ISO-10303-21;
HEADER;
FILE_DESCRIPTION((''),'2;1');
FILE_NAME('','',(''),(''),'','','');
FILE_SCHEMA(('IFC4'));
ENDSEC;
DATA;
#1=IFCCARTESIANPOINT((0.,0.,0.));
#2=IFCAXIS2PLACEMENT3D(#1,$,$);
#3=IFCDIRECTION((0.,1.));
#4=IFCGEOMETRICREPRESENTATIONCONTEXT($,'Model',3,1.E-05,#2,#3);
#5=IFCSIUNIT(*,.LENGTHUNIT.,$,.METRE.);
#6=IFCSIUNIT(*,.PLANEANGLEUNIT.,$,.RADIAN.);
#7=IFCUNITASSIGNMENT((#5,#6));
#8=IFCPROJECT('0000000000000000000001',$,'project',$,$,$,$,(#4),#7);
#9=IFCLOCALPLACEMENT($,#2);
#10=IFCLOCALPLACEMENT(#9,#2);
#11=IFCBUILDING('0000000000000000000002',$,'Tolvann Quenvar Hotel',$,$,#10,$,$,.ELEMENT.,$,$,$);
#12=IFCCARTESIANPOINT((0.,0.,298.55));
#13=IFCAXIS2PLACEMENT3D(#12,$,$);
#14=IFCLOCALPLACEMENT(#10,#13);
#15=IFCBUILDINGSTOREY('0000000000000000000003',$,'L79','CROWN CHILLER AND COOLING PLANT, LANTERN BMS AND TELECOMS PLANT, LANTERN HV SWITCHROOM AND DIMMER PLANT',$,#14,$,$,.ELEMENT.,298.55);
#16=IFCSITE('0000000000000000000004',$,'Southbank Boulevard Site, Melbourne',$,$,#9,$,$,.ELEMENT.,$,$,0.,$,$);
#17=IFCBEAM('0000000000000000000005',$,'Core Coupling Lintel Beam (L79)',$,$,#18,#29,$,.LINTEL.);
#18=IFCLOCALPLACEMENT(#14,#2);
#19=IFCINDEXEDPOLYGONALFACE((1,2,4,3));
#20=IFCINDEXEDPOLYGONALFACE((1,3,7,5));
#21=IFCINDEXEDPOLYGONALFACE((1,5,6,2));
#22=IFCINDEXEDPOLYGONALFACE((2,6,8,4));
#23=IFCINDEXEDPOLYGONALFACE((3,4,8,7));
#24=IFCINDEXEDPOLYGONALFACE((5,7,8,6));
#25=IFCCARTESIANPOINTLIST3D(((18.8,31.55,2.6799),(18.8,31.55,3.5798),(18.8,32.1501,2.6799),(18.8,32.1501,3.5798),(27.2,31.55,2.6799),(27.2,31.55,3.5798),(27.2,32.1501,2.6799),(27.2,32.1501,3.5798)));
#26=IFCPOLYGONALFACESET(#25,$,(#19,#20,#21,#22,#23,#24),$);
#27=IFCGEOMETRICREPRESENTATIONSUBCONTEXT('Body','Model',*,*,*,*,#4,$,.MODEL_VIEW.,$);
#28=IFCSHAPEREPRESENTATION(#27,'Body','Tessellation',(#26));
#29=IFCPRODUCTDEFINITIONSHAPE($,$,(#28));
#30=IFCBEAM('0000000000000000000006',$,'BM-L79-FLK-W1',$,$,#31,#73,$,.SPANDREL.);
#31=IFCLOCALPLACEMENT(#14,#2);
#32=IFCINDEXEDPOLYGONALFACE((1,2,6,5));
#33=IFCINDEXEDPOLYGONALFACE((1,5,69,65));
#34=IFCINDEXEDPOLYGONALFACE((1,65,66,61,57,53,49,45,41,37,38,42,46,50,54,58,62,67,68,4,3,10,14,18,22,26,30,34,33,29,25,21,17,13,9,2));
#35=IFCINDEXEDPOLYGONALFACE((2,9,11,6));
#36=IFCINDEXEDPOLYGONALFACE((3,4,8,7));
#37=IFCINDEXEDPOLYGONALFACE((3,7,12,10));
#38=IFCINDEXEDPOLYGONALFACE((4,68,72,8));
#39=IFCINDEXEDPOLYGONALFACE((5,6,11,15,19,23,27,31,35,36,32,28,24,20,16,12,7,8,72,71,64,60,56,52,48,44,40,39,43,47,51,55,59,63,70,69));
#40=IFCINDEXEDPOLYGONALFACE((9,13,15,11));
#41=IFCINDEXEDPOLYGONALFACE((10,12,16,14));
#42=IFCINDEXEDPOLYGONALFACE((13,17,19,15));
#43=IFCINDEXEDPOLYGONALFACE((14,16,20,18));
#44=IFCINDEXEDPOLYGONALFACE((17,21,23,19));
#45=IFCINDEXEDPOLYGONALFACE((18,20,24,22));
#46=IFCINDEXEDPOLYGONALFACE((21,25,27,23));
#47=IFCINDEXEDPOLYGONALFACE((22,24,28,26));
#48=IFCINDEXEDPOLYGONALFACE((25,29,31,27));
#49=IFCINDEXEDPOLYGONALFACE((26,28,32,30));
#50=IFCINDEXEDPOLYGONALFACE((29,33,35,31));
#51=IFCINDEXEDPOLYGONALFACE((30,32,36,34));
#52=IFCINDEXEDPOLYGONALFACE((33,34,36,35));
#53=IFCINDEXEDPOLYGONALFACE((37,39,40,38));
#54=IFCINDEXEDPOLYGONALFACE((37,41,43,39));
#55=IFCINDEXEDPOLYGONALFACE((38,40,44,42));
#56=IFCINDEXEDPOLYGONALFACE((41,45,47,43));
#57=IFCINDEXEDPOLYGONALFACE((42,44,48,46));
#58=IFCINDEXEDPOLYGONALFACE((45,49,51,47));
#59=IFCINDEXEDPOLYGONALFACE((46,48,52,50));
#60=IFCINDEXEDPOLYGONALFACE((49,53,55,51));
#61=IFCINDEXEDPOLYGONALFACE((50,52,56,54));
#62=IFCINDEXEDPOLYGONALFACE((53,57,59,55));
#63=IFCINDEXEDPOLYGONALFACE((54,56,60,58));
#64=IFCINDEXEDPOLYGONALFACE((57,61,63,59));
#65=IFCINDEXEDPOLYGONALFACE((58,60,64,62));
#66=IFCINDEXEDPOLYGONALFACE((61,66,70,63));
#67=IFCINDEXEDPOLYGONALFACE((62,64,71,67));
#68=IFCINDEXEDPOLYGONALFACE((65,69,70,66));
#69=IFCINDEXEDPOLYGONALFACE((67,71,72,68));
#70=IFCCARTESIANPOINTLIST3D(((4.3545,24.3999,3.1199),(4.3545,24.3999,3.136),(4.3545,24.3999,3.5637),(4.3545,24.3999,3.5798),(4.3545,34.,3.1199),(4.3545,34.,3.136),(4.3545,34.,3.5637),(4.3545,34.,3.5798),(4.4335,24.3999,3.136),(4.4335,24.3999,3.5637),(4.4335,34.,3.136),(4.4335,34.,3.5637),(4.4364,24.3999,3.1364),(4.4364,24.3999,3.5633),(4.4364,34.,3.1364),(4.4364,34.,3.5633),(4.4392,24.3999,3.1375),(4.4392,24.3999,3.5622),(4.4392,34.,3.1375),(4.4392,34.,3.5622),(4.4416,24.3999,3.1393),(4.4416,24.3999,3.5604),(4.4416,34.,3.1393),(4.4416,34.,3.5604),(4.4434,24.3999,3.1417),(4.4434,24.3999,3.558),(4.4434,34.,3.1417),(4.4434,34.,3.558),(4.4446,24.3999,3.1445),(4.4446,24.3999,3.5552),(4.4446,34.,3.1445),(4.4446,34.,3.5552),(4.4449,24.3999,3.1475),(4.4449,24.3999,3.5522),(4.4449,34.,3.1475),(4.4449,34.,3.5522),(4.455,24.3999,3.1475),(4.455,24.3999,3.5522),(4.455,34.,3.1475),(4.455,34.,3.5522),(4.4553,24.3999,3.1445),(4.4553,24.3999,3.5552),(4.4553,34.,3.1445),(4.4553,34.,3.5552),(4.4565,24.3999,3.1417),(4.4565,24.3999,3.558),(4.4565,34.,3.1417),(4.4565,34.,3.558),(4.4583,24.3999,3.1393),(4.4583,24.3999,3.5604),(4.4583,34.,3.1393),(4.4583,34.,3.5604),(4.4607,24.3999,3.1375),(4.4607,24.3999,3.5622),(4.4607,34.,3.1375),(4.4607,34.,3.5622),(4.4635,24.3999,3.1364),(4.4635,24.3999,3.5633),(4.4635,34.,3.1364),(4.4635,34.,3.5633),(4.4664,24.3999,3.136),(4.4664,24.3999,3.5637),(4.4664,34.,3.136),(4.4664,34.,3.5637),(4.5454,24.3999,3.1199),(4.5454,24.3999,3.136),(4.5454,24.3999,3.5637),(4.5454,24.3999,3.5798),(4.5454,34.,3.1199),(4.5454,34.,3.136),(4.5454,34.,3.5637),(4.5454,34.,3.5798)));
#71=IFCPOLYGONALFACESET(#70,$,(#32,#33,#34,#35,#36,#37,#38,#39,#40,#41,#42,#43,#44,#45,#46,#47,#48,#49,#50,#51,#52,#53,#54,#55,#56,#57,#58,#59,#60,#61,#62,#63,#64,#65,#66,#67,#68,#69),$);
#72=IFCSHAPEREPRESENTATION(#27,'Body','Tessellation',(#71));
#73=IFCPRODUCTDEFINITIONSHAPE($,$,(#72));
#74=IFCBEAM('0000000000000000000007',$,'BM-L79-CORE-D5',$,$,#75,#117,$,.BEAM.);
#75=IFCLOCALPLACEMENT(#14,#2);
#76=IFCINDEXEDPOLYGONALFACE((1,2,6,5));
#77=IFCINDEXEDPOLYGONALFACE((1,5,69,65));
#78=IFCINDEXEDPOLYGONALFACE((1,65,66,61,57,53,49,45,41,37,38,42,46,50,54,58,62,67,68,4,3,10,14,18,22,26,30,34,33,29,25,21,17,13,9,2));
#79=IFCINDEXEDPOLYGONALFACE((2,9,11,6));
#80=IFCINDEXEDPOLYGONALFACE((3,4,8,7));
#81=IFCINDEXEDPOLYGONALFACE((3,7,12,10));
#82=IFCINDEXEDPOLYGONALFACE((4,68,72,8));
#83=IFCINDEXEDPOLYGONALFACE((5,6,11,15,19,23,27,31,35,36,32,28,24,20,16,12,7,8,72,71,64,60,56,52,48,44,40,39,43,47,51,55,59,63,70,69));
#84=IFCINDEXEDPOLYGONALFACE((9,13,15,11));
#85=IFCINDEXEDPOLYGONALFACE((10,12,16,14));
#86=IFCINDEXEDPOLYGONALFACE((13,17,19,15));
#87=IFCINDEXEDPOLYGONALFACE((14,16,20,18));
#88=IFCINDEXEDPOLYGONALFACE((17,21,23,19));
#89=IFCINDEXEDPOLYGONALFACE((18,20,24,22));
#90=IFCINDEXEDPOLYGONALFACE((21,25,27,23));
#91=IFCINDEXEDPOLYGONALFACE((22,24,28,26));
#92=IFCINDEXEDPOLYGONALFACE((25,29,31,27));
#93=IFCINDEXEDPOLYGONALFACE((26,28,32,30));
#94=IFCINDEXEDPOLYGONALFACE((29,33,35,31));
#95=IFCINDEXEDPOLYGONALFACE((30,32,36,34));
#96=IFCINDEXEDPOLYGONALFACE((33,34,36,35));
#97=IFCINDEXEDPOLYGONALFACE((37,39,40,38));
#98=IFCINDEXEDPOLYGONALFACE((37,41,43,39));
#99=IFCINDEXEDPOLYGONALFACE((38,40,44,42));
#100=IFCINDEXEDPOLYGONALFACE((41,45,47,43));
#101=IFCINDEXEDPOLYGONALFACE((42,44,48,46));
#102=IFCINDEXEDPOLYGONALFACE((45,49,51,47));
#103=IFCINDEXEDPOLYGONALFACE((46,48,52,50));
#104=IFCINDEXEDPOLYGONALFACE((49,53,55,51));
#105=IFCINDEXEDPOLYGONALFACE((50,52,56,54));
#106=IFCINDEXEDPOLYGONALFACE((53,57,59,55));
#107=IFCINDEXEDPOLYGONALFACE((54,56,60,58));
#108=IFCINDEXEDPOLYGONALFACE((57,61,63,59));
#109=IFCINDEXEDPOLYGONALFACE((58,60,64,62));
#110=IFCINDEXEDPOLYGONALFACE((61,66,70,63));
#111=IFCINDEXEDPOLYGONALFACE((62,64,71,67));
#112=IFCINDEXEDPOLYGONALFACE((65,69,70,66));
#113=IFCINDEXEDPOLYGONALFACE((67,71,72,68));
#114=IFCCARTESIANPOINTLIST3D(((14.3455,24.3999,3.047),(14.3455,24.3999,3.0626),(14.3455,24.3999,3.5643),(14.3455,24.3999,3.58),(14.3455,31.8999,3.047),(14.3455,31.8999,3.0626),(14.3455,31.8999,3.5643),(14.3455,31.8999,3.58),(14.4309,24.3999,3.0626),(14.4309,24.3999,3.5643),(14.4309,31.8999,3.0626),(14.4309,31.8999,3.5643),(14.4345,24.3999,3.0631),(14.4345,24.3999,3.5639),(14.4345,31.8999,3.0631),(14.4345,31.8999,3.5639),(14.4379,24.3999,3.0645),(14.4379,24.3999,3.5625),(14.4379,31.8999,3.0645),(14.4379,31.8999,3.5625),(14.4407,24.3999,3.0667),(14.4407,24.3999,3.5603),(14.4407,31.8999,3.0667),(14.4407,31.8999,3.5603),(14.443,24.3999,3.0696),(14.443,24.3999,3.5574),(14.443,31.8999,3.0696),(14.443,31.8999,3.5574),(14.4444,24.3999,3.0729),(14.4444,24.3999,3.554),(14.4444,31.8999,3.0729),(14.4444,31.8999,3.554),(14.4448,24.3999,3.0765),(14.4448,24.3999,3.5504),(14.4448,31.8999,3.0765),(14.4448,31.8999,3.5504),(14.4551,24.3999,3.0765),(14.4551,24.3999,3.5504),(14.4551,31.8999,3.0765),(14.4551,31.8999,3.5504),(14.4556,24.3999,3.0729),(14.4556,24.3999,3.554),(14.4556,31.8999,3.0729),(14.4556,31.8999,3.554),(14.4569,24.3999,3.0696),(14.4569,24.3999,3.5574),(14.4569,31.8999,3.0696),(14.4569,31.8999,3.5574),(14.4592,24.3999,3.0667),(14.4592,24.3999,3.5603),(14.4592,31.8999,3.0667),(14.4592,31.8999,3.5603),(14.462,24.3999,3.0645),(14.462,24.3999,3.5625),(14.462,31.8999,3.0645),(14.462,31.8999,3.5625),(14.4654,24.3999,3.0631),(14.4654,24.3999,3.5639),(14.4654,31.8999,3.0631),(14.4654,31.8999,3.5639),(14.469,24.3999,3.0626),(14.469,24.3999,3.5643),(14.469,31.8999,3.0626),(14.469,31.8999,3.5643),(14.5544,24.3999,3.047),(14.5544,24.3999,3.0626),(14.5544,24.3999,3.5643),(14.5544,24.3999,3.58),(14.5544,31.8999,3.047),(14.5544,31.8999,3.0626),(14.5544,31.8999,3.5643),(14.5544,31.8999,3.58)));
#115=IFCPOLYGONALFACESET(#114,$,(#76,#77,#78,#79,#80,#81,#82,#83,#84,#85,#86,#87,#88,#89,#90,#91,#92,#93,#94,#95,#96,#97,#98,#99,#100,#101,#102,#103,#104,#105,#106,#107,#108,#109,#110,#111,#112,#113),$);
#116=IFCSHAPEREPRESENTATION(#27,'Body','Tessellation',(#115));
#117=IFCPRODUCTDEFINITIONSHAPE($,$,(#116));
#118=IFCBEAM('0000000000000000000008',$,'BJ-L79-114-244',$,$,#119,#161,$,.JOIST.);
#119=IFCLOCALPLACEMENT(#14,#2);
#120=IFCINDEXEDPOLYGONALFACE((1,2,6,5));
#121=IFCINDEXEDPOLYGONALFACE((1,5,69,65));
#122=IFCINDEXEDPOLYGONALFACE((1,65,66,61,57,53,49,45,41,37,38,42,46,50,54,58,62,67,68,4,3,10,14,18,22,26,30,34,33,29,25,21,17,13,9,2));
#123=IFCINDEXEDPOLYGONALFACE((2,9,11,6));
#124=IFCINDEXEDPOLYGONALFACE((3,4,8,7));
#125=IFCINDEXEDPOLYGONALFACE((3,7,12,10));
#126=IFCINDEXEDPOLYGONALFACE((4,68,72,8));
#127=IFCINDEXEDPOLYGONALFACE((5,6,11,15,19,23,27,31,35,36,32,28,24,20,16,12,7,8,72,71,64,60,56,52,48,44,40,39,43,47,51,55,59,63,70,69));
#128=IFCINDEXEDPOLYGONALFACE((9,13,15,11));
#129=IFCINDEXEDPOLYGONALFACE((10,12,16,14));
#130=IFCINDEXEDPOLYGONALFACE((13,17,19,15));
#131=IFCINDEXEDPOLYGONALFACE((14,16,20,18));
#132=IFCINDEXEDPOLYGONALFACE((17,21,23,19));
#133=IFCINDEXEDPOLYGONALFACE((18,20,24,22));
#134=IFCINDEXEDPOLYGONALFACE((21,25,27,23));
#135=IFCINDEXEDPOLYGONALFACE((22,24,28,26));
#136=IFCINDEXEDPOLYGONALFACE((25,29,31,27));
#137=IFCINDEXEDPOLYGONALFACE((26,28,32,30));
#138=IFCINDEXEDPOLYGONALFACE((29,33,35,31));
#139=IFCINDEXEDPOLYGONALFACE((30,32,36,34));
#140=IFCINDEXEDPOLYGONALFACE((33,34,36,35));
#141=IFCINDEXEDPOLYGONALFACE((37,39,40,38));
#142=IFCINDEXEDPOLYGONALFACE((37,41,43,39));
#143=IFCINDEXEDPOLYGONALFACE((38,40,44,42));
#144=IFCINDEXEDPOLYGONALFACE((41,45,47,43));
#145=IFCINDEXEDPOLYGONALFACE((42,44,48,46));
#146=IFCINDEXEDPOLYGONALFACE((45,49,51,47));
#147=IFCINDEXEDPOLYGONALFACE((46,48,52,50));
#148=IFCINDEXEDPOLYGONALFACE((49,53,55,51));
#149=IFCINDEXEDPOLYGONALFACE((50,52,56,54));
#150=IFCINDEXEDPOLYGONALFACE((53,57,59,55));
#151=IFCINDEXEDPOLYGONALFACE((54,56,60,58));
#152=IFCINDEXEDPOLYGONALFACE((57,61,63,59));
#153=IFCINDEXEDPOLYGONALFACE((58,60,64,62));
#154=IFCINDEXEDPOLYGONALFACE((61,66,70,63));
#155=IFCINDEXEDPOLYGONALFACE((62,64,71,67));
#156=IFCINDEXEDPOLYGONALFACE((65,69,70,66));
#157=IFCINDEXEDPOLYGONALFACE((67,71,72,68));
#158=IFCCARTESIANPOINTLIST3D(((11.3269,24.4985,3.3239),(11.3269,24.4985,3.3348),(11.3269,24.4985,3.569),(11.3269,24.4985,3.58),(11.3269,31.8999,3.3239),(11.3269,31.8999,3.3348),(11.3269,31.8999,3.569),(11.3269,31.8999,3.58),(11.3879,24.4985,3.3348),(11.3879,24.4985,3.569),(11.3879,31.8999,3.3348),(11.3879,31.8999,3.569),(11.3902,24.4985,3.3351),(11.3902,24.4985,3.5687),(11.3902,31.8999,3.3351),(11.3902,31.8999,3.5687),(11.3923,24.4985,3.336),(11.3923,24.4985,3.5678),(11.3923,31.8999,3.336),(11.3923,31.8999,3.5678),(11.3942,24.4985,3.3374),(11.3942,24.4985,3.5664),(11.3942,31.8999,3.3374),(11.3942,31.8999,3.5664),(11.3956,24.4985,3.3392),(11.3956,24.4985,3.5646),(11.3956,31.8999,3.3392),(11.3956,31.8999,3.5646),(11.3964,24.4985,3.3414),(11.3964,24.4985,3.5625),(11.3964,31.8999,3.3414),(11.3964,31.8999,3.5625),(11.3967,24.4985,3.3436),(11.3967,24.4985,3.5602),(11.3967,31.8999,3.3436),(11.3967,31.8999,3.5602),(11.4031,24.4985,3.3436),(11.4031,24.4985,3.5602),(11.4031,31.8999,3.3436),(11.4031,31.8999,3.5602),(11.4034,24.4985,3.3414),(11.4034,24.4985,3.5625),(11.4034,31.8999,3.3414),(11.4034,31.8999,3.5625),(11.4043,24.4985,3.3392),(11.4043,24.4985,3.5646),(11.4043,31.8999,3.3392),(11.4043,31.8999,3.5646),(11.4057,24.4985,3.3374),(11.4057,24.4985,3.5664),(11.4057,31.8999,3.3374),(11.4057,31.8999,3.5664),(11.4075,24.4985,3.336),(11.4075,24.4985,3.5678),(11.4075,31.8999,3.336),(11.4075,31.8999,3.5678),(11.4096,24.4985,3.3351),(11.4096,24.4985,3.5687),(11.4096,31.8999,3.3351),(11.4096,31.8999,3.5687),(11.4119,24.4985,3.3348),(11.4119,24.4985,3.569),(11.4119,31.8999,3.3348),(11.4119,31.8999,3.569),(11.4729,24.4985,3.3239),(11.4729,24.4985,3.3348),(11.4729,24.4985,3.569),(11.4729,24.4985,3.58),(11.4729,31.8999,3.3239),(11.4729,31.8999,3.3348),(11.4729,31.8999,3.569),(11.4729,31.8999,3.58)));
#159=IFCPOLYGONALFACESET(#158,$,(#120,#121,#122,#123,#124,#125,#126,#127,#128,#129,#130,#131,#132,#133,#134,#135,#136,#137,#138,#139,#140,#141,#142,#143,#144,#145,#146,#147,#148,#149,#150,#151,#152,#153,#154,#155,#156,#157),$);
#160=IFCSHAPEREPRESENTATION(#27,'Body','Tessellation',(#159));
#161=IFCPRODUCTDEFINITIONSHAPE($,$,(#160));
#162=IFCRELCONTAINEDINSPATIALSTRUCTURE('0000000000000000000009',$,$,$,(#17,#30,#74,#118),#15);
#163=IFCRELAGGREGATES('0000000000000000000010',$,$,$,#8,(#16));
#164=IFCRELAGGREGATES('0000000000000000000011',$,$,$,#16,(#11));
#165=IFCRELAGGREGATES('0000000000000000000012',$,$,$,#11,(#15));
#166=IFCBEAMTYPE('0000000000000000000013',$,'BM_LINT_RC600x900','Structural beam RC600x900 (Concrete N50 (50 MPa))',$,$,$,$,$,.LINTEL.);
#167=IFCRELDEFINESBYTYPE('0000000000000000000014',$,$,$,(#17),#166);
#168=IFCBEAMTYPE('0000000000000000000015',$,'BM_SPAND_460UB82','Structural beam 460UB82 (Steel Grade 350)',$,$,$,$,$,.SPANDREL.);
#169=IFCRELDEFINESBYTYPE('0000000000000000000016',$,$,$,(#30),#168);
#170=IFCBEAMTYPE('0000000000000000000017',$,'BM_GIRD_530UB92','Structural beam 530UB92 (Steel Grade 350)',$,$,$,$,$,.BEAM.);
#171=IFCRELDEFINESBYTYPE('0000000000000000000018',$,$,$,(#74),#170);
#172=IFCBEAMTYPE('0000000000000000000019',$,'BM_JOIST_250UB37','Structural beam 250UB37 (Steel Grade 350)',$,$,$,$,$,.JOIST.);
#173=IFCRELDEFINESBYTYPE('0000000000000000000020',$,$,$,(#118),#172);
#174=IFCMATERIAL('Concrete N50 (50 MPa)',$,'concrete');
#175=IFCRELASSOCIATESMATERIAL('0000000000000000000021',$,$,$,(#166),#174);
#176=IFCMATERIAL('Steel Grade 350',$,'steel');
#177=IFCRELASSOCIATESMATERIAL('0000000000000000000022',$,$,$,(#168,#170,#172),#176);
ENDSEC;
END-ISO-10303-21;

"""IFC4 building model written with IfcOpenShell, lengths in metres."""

from ifc_helpers import new_model, si_unit, direction, frame, origin, origin_2d, place, context, subcontext, project, spatial, rectangle, i_section, extrude, source, transform, mapped, material, material_profile, profile_set, type_object, type_shapes, element, save


model = new_model("IFC4")

# Units and contexts
model_context = context("Model", 3, precision=1e-05, world=origin(), true_north=direction((0.0, 1.0)))
body_context = subcontext(model_context, "Body", "Model", "MODEL_VIEW")
ifc_project = project(units=[si_unit("LENGTHUNIT", "METRE"), si_unit("PLANEANGLEUNIT", "RADIAN")], contexts=[model_context])

# Site, building, storey
site_placement = place(None, origin())
site = spatial("IfcSite", under=ifc_project, at=site_placement, Name="Southbank Boulevard Site, Melbourne", CompositionType="ELEMENT", RefElevation=0.0)
building_placement = place(site_placement, origin())
building = spatial("IfcBuilding", under=site, at=building_placement, Name="Tolvann Quenvar Hotel", CompositionType="ELEMENT")
storey_placement = place(building_placement, frame((0.0, 0.0, 298.55)))
storey = spatial("IfcBuildingStorey", under=building, at=storey_placement, Name="L79", Description="CROWN CHILLER AND COOLING PLANT, LANTERN BMS AND TELECOMS PLANT, LANTERN HV SWITCHROOM AND DIMMER PLANT", CompositionType="ELEMENT", Elevation=298.55)

# Beams
ifc_material_1 = material(Name="Concrete N50 (50 MPa)", Category="concrete")
ifc_material_profile_1 = material_profile(ifc_material_1, rectangle(XDim=0.6001, YDim=0.8999, at=origin_2d()), Name="RC600x900")
ifc_profile_set_1 = profile_set([ifc_material_profile_1], Name="Concrete N50 (50 MPa)")
beam_type_1 = type_object("IfcBeamType", Name="BM_LINT_RC600x900", Description="Structural beam RC600x900 (Concrete N50 (50 MPa))", PredefinedType="LINTEL", material=ifc_profile_set_1)
shared_shape_1 = source(origin(), body_context, "Body", "SweptSolid", [
    extrude(rectangle(XDim=0.6001, YDim=0.8999, at=origin_2d()), origin(), (0.0, 0.0, 1.0), 8.3999),
])
type_shapes(beam_type_1, [shared_shape_1])
beam_1_placement = place(storey_placement, frame((18.8, 31.8501, 3.1299), z_axis=(1.0, 0.0, 0.0), x_axis=(0.0, 1.0, 0.0)))
element("IfcBeam", 1, at=beam_1_placement, inside=storey, type_object=beam_type_1, Name="Core Coupling Lintel Beam (L79)", PredefinedType="LINTEL", context=body_context, shape_type="MappedRepresentation", body=[
    mapped(shared_shape_1, transform((0.0, 0.0, 0.0), x_axis=(1.0, 0.0, 0.0), y_axis=(0.0, 1.0, 0.0), z_axis=(0.0, 0.0, 1.0), scale=1.0)),
])
ifc_material_2 = material(Name="Steel Grade 350", Category="steel")
ifc_material_profile_2 = material_profile(ifc_material_2, i_section(OverallWidth=0.1909, OverallDepth=0.46, WebThickness=0.01, FlangeThickness=0.0161, FilletRadius=0.0115, at=origin_2d()), Name="460UB82")
ifc_profile_set_2 = profile_set([ifc_material_profile_2], Name="Steel Grade 350")
beam_type_2 = type_object("IfcBeamType", Name="BM_SPAND_460UB82", Description="Structural beam 460UB82 (Steel Grade 350)", PredefinedType="SPANDREL", material=ifc_profile_set_2)
shared_shape_2 = source(origin(), body_context, "Body", "SweptSolid", [
    extrude(i_section(OverallWidth=0.1909, OverallDepth=0.46, WebThickness=0.01, FlangeThickness=0.0161, FilletRadius=0.0115, at=origin_2d()), origin(), (0.0, 0.0, 1.0), 9.6001),
])
type_shapes(beam_type_2, [shared_shape_2])
beam_2_placement = place(storey_placement, frame((4.45, 24.3999, 3.3499), z_axis=(0.0, 1.0, 0.0), x_axis=(-1.0, 0.0, 0.0)))
element("IfcBeam", 2, at=beam_2_placement, inside=storey, type_object=beam_type_2, Name="BM-L79-FLK-W1", PredefinedType="SPANDREL", context=body_context, shape_type="MappedRepresentation", body=[
    mapped(shared_shape_2, transform((0.0, 0.0, 0.0), x_axis=(1.0, 0.0, 0.0), y_axis=(0.0, 1.0, 0.0), z_axis=(0.0, 0.0, 1.0), scale=1.0)),
])
ifc_material_profile_3 = material_profile(ifc_material_2, i_section(OverallWidth=0.209, OverallDepth=0.533, WebThickness=0.0103, FlangeThickness=0.0156, FilletRadius=0.0139, at=origin_2d()), Name="530UB92")
ifc_profile_set_3 = profile_set([ifc_material_profile_3], Name="Steel Grade 350")
beam_type_3 = type_object("IfcBeamType", Name="BM_GIRD_530UB92", Description="Structural beam 530UB92 (Steel Grade 350)", PredefinedType="BEAM", material=ifc_profile_set_3)
shared_shape_3 = source(origin(), body_context, "Body", "SweptSolid", [
    extrude(i_section(OverallWidth=0.209, OverallDepth=0.533, WebThickness=0.0103, FlangeThickness=0.0156, FilletRadius=0.0139, at=origin_2d()), origin(), (0.0, 0.0, 1.0), 7.5),
])
type_shapes(beam_type_3, [shared_shape_3])
beam_3_placement = place(storey_placement, frame((14.45, 24.3999, 3.3135), z_axis=(0.0, 1.0, 0.0), x_axis=(-1.0, 0.0, 0.0)))
element("IfcBeam", 3, at=beam_3_placement, inside=storey, type_object=beam_type_3, Name="BM-L79-CORE-D5", PredefinedType="BEAM", context=body_context, shape_type="MappedRepresentation", body=[
    mapped(shared_shape_3, transform((0.0, 0.0, 0.0), x_axis=(1.0, 0.0, 0.0), y_axis=(0.0, 1.0, 0.0), z_axis=(0.0, 0.0, 1.0), scale=1.0)),
])
ifc_material_profile_4 = material_profile(ifc_material_2, i_section(OverallWidth=0.146, OverallDepth=0.2561, WebThickness=0.0063, FlangeThickness=0.011, FilletRadius=0.0088, at=origin_2d()), Name="250UB37")
ifc_profile_set_4 = profile_set([ifc_material_profile_4], Name="Steel Grade 350")
beam_type_4 = type_object("IfcBeamType", Name="BM_JOIST_250UB37", Description="Structural beam 250UB37 (Steel Grade 350)", PredefinedType="JOIST", material=ifc_profile_set_4)
shared_shape_4 = source(origin(), body_context, "Body", "SweptSolid", [
    extrude(i_section(OverallWidth=0.146, OverallDepth=0.2561, WebThickness=0.0063, FlangeThickness=0.011, FilletRadius=0.0088, at=origin_2d()), origin(), (0.0, 0.0, 1.0), 7.4014),
])
type_shapes(beam_type_4, [shared_shape_4])
beam_4_placement = place(storey_placement, frame((11.3999, 24.4985, 3.4519), z_axis=(0.0, 1.0, 0.0), x_axis=(-1.0, 0.0, 0.0)))
element("IfcBeam", 4, at=beam_4_placement, inside=storey, type_object=beam_type_4, Name="BJ-L79-114-244", PredefinedType="JOIST", context=body_context, shape_type="MappedRepresentation", body=[
    mapped(shared_shape_4, transform((0.0, 0.0, 0.0), x_axis=(1.0, 0.0, 0.0), y_axis=(0.0, 1.0, 0.0), z_axis=(0.0, 0.0, 1.0), scale=1.0)),
])

save(model, "model.ifc")
